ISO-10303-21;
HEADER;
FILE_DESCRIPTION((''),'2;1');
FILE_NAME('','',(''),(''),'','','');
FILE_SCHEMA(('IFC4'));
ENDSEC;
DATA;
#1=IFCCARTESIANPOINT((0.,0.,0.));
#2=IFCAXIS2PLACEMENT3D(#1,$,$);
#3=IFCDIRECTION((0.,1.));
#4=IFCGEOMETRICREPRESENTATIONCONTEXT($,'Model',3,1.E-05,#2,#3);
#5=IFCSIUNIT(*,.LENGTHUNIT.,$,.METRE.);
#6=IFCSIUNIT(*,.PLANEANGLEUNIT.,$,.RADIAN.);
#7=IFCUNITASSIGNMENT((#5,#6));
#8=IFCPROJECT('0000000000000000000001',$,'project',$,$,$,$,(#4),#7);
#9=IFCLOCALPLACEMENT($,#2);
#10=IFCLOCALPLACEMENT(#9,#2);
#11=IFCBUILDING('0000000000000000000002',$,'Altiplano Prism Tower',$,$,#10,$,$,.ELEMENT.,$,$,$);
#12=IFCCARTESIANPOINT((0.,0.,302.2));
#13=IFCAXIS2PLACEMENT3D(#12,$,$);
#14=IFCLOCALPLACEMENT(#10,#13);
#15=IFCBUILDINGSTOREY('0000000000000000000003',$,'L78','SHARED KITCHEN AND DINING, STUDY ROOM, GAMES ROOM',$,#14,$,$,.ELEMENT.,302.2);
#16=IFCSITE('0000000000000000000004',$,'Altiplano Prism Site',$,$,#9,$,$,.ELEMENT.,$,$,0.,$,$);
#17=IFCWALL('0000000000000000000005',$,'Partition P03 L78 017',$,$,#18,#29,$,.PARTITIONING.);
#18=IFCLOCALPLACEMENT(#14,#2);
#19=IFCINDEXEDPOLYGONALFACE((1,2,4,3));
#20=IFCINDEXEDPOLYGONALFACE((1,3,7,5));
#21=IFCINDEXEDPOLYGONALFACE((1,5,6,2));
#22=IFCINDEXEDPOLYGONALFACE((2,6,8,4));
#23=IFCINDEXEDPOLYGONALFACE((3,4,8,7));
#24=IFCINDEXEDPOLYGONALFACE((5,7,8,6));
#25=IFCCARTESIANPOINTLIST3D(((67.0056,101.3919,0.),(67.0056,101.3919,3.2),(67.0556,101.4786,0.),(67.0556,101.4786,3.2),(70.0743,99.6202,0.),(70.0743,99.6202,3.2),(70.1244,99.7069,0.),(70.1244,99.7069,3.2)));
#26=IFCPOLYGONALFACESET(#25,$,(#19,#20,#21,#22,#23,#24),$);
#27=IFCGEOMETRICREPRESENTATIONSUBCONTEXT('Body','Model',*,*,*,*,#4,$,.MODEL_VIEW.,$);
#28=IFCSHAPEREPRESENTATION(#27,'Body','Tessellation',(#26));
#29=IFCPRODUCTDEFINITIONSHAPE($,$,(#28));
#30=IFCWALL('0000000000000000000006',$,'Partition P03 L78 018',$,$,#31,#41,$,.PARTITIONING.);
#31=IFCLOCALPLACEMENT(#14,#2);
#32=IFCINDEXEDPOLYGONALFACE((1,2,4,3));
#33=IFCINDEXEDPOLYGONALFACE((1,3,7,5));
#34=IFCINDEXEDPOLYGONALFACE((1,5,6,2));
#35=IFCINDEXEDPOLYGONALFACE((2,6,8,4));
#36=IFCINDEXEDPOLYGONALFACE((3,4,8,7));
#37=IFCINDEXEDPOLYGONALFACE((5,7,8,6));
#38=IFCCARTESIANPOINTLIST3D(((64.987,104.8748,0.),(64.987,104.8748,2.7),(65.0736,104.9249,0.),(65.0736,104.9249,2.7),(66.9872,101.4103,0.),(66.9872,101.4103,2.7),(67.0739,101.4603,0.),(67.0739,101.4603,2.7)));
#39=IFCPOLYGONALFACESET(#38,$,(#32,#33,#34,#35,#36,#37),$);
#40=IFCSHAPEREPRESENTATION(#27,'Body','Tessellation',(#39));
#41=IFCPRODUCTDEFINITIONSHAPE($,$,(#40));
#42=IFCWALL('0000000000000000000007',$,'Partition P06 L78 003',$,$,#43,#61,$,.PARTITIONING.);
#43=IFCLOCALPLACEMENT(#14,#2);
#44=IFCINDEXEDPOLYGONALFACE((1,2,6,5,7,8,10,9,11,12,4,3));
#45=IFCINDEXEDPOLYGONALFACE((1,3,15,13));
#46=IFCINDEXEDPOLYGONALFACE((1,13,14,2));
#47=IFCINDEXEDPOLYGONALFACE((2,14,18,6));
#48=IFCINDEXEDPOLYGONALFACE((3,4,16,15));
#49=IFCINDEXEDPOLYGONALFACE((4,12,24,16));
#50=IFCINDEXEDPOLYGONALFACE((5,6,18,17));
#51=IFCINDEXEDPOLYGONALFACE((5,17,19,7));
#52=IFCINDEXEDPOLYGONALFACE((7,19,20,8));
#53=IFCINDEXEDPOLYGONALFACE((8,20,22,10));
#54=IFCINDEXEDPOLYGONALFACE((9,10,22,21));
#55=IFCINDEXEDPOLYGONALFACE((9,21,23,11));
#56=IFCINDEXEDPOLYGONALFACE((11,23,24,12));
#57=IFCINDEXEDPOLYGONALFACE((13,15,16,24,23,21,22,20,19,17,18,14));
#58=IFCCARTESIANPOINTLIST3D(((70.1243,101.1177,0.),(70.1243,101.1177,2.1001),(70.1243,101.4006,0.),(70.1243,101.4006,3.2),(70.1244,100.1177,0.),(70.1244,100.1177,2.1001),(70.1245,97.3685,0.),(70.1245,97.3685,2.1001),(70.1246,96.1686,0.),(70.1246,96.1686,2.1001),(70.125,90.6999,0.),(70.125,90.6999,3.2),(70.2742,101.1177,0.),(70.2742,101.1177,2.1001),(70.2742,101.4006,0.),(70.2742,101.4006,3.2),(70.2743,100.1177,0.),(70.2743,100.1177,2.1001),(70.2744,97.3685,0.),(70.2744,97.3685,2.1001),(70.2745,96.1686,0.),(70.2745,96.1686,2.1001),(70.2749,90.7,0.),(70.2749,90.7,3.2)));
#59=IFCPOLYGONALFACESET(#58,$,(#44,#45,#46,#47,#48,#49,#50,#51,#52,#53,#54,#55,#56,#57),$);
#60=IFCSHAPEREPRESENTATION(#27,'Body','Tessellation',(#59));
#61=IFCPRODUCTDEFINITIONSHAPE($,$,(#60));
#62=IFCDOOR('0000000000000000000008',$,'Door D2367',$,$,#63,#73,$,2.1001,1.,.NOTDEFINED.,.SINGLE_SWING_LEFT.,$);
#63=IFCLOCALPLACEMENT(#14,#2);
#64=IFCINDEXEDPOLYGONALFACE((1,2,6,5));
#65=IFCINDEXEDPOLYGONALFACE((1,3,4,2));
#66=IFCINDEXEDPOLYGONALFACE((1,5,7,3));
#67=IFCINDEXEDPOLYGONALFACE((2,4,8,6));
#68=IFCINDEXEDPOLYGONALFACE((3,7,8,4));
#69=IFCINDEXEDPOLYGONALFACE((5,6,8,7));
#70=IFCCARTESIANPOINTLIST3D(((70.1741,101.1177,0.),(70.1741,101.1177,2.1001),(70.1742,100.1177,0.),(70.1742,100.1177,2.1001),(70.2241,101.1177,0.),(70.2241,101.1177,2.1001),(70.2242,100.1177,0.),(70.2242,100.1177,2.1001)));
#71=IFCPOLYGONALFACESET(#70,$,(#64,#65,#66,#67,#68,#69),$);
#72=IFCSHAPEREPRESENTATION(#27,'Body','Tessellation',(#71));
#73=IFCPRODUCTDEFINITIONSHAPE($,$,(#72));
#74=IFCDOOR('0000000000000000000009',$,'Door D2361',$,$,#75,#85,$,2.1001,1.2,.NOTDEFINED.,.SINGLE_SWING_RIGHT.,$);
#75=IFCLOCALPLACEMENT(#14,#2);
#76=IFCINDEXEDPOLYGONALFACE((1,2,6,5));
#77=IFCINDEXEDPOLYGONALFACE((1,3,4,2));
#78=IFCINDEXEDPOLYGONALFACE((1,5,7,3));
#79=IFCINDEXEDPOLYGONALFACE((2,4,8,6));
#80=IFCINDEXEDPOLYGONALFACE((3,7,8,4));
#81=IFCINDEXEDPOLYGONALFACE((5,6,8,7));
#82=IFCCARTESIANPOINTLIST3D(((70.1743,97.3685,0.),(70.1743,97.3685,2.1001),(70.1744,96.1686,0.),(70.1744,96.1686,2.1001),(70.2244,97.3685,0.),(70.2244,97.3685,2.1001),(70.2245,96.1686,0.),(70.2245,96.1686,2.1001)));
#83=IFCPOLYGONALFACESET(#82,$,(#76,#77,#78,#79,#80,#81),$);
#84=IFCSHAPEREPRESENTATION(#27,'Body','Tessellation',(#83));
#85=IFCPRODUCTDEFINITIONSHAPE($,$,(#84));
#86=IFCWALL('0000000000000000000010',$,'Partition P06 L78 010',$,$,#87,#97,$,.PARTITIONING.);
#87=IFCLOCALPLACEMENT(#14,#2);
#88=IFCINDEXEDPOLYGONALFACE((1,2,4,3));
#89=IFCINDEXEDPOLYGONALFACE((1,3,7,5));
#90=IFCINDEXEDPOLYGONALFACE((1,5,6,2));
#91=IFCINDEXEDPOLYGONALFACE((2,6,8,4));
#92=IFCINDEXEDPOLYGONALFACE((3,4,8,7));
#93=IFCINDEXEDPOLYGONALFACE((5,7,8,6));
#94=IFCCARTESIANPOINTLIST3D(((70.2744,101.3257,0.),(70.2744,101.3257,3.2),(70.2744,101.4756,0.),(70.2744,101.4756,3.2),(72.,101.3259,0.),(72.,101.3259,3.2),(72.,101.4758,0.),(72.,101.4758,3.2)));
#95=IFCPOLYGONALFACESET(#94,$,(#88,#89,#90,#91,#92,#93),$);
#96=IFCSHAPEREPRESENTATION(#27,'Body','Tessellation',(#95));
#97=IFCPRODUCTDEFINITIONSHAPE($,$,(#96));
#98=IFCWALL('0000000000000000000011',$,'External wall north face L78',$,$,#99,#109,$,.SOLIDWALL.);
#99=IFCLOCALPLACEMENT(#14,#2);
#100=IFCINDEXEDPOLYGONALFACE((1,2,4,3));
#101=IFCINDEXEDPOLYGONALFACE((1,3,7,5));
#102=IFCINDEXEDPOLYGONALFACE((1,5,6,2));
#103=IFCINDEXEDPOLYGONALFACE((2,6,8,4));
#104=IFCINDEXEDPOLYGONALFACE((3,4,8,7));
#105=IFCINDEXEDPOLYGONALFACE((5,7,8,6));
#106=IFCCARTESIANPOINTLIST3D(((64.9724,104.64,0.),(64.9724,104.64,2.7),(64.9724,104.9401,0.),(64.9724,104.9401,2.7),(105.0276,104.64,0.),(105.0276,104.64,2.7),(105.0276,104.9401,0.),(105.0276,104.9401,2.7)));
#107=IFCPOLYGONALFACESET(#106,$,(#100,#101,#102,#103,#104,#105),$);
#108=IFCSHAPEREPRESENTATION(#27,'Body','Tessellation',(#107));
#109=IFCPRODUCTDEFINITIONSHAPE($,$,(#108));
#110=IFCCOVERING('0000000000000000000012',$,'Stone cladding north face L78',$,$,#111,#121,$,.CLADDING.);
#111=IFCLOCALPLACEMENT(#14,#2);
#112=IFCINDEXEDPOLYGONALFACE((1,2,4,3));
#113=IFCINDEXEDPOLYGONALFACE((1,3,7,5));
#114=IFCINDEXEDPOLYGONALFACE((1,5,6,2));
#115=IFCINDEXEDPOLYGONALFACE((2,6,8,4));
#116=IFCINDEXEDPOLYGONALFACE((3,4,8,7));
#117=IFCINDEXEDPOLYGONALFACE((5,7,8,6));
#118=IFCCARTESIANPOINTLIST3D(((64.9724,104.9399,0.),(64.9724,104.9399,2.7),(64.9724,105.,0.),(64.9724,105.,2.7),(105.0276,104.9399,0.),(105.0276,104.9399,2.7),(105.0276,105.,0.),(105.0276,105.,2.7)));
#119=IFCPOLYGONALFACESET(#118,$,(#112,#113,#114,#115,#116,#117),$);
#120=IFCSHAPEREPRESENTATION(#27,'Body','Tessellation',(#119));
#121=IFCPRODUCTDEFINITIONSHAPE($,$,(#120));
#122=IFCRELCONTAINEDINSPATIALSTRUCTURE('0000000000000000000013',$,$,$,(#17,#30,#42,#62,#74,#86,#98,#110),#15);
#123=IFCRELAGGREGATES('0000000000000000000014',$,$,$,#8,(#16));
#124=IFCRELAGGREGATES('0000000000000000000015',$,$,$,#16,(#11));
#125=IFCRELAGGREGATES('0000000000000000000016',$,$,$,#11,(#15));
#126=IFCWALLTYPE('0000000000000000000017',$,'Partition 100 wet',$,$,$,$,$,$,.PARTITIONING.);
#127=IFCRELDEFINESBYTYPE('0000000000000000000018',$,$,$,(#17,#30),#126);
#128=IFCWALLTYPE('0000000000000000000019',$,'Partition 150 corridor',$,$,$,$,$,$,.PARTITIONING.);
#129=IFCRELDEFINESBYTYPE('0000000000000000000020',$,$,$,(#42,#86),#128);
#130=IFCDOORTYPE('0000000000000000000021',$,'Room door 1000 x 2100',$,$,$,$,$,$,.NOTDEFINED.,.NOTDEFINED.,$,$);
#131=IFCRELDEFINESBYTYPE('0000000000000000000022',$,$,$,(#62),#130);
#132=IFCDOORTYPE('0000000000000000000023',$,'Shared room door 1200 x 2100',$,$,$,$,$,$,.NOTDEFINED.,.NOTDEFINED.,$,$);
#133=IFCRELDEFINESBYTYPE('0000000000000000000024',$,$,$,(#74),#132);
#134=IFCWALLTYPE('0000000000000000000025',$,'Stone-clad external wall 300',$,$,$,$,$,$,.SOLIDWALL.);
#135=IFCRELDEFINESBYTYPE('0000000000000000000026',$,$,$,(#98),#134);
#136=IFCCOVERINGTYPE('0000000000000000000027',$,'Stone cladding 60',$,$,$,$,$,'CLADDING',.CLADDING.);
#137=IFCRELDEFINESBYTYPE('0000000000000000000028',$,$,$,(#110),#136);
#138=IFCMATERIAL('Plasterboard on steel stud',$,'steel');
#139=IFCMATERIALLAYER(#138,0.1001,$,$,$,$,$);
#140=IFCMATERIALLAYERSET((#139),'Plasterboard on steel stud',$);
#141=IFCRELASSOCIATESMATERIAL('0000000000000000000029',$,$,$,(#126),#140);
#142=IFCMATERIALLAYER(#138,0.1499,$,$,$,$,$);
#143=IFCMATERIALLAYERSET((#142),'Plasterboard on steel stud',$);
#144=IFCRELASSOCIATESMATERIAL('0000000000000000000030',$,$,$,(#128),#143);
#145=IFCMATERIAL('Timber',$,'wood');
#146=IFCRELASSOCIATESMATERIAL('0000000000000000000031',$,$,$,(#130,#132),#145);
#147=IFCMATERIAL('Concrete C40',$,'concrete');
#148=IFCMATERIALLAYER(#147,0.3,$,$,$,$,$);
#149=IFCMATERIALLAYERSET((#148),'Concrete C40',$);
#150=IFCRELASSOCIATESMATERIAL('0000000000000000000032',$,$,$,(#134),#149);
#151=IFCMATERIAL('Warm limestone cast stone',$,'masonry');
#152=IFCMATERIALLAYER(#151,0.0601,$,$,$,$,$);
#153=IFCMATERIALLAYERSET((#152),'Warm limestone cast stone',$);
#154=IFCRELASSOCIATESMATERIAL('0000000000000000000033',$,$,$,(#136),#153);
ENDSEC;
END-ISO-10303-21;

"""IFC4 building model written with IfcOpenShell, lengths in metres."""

from ifc_helpers import new_model, si_unit, direction, frame, frame_2d, origin, place, context, subcontext, project, spatial, rectangle, extrude, material, layer, layer_set, type_object, element, fill, save


model = new_model("IFC4")

# Units and contexts
model_context = context("Model", 3, precision=1e-05, world=origin(), true_north=direction((0.0, 1.0)))
body_context = subcontext(model_context, "Body", "Model", "MODEL_VIEW")
ifc_project = project(units=[si_unit("LENGTHUNIT", "METRE"), si_unit("PLANEANGLEUNIT", "RADIAN")], contexts=[model_context])

# Site, building, storey
site_placement = place(None, origin())
site = spatial("IfcSite", under=ifc_project, at=site_placement, Name="Altiplano Prism Site", CompositionType="ELEMENT", RefElevation=0.0)
building_placement = place(site_placement, origin())
building = spatial("IfcBuilding", under=site, at=building_placement, Name="Altiplano Prism Tower", CompositionType="ELEMENT")
storey_placement = place(building_placement, frame((0.0, 0.0, 302.2)))
storey = spatial("IfcBuildingStorey", under=building, at=storey_placement, Name="L78", Description="SHARED KITCHEN AND DINING, STUDY ROOM, GAMES ROOM", CompositionType="ELEMENT", Elevation=302.2)

# Walls
ifc_material_1 = material(Name="Plasterboard on steel stud", Category="steel")
ifc_layer_1 = layer(ifc_material_1, 0.1001)
ifc_layer_set_1 = layer_set([ifc_layer_1], Name="Plasterboard on steel stud")
wall_type_1 = type_object("IfcWallType", Name="Partition 100 wet", PredefinedType="PARTITIONING", material=ifc_layer_set_1)
wall_1_placement = place(storey_placement, frame((70.0994, 99.6636, 0.0), z_axis=(0.0, 0.0, 1.0), x_axis=(-0.866034, 0.499985, 0.0)))
element("IfcWall", 1, at=wall_1_placement, inside=storey, type_object=wall_type_1, Name="Partition P03 L78 017", PredefinedType="PARTITIONING", context=body_context, shape_type="SweptSolid", body=[
    extrude(rectangle(XDim=3.5435, YDim=0.1001, at=frame_2d((1.7717, 0.0))), origin(), (0.0, 0.0, 1.0), 3.2),
])
wall_2_placement = place(storey_placement, frame((67.0305, 101.4353, 0.0), z_axis=(0.0, 0.0, 1.0), x_axis=(-0.499992, 0.86603, 0.0)))
element("IfcWall", 2, at=wall_2_placement, inside=storey, type_object=wall_type_1, Name="Partition P03 L78 018", PredefinedType="PARTITIONING", context=body_context, shape_type="SweptSolid", body=[
    extrude(rectangle(XDim=4.0005, YDim=0.1001, at=frame_2d((2.0002, 0.0))), origin(), (0.0, 0.0, 1.0), 2.7),
])

# Wall, openings, doors
ifc_layer_2 = layer(ifc_material_1, 0.1499)
ifc_layer_set_2 = layer_set([ifc_layer_2], Name="Plasterboard on steel stud")
wall_type_2 = type_object("IfcWallType", Name="Partition 150 corridor", PredefinedType="PARTITIONING", material=ifc_layer_set_2)
wall_3_placement = place(storey_placement, frame((70.1992, 101.4006, 0.0), z_axis=(0.0, 0.0, 1.0), x_axis=(0.000068, -1.0, 0.0)))
wall_3 = element("IfcWall", 3, at=wall_3_placement, inside=storey, type_object=wall_type_2, Name="Partition P06 L78 003", PredefinedType="PARTITIONING", context=body_context, shape_type="SweptSolid", body=[
    extrude(rectangle(XDim=10.7007, YDim=0.1499, at=frame_2d((5.3503, 0.0))), origin(), (0.0, 0.0, 1.0), 3.2),
])
opening_1_placement = place(wall_3_placement, frame((4.032, 0.0, 0.0)))
opening_1 = element("IfcOpeningElement", 4, at=opening_1_placement, cuts=wall_3, PredefinedType="OPENING", context=body_context, shape_type="SweptSolid", body=[
    extrude(rectangle(XDim=1.2, YDim=2.1001, at=frame_2d((0.6001, 1.05))), frame((0.0, 0.0854, 0.0), z_axis=(0.0, -1.0, 0.0), x_axis=(1.0, 0.0, 0.0)), (0.0, 0.0, 1.0), 0.1709),
])
opening_2_placement = place(wall_3_placement, frame((0.283, 0.0, 0.0)))
opening_2 = element("IfcOpeningElement", 5, at=opening_2_placement, cuts=wall_3, PredefinedType="OPENING", context=body_context, shape_type="SweptSolid", body=[
    extrude(rectangle(XDim=1.0, YDim=2.1001, at=frame_2d((0.5, 1.05))), frame((0.0, 0.0854, 0.0), z_axis=(0.0, -1.0, 0.0), x_axis=(1.0, 0.0, 0.0)), (0.0, 0.0, 1.0), 0.1709),
])
ifc_material_2 = material(Name="Timber", Category="wood")
door_type_1 = type_object("IfcDoorType", Name="Room door 1000 x 2100", OperationType="NOTDEFINED", PredefinedType="NOTDEFINED", material=ifc_material_2)
door_1_placement = place(opening_2_placement, origin())
door_1 = element("IfcDoor", 6, at=door_1_placement, inside=storey, type_object=door_type_1, Name="Door D2367", OperationType="SINGLE_SWING_LEFT", OverallHeight=2.1001, OverallWidth=1.0, PredefinedType="NOTDEFINED", context=body_context, shape_type="SweptSolid", body=[
    extrude(rectangle(XDim=1.0, YDim=2.1001, at=frame_2d((0.5, 1.05))), frame((0.0, 0.0249, 0.0), z_axis=(0.0, -1.0, 0.0), x_axis=(1.0, 0.0, 0.0)), (0.0, 0.0, 1.0), 0.05),
])
fill(opening_2, door_1)
door_type_2 = type_object("IfcDoorType", Name="Shared room door 1200 x 2100", OperationType="NOTDEFINED", PredefinedType="NOTDEFINED", material=ifc_material_2)
door_2_placement = place(opening_1_placement, origin())
door_2 = element("IfcDoor", 7, at=door_2_placement, inside=storey, type_object=door_type_2, Name="Door D2361", OperationType="SINGLE_SWING_RIGHT", OverallHeight=2.1001, OverallWidth=1.2, PredefinedType="NOTDEFINED", context=body_context, shape_type="SweptSolid", body=[
    extrude(rectangle(XDim=1.2, YDim=2.1001, at=frame_2d((0.6001, 1.05))), frame((0.0, 0.0249, 0.0), z_axis=(0.0, -1.0, 0.0), x_axis=(1.0, 0.0, 0.0)), (0.0, 0.0, 1.0), 0.05),
])
fill(opening_1, door_2)

# Walls
wall_4_placement = place(storey_placement, frame((72.0, 101.4009, 0.0), z_axis=(0.0, 0.0, 1.0), x_axis=(-1.0, -0.000141, 0.0)))
element("IfcWall", 8, at=wall_4_placement, inside=storey, type_object=wall_type_2, Name="Partition P06 L78 010", PredefinedType="PARTITIONING", context=body_context, shape_type="SweptSolid", body=[
    extrude(rectangle(XDim=1.7256, YDim=0.1499, at=frame_2d((0.8628, 0.0))), origin(), (0.0, 0.0, 1.0), 3.2),
])
ifc_material_3 = material(Name="Concrete C40", Category="concrete")
ifc_layer_3 = layer(ifc_material_3, 0.3)
ifc_layer_set_3 = layer_set([ifc_layer_3], Name="Concrete C40")
wall_type_3 = type_object("IfcWallType", Name="Stone-clad external wall 300", PredefinedType="SOLIDWALL", material=ifc_layer_set_3)
wall_5_placement = place(storey_placement, frame((64.9724, 104.79, 0.0), z_axis=(0.0, 0.0, 1.0), x_axis=(1.0, 0.0, 0.0)))
element("IfcWall", 9, at=wall_5_placement, inside=storey, type_object=wall_type_3, Name="External wall north face L78", PredefinedType="SOLIDWALL", context=body_context, shape_type="SweptSolid", body=[
    extrude(rectangle(XDim=40.0552, YDim=0.3, at=frame_2d((20.0276, 0.0))), origin(), (0.0, 0.0, 1.0), 2.7),
])

# Covering
ifc_material_4 = material(Name="Warm limestone cast stone", Category="masonry")
ifc_layer_4 = layer(ifc_material_4, 0.0601)
ifc_layer_set_4 = layer_set([ifc_layer_4], Name="Warm limestone cast stone")
covering_type = type_object("IfcCoveringType", Name="Stone cladding 60", ElementType="CLADDING", PredefinedType="CLADDING", material=ifc_layer_set_4)
covering_placement = place(storey_placement, frame((64.9724, 104.97, 0.0), z_axis=(0.0, 0.0, 1.0), x_axis=(1.0, 0.0, 0.0)))
element("IfcCovering", 10, at=covering_placement, inside=storey, type_object=covering_type, Name="Stone cladding north face L78", PredefinedType="CLADDING", context=body_context, shape_type="SweptSolid", body=[
    extrude(rectangle(XDim=40.0552, YDim=0.0601, at=frame_2d((20.0276, 0.0))), origin(), (0.0, 0.0, 1.0), 2.7),
])

save(model, "model.ifc")
